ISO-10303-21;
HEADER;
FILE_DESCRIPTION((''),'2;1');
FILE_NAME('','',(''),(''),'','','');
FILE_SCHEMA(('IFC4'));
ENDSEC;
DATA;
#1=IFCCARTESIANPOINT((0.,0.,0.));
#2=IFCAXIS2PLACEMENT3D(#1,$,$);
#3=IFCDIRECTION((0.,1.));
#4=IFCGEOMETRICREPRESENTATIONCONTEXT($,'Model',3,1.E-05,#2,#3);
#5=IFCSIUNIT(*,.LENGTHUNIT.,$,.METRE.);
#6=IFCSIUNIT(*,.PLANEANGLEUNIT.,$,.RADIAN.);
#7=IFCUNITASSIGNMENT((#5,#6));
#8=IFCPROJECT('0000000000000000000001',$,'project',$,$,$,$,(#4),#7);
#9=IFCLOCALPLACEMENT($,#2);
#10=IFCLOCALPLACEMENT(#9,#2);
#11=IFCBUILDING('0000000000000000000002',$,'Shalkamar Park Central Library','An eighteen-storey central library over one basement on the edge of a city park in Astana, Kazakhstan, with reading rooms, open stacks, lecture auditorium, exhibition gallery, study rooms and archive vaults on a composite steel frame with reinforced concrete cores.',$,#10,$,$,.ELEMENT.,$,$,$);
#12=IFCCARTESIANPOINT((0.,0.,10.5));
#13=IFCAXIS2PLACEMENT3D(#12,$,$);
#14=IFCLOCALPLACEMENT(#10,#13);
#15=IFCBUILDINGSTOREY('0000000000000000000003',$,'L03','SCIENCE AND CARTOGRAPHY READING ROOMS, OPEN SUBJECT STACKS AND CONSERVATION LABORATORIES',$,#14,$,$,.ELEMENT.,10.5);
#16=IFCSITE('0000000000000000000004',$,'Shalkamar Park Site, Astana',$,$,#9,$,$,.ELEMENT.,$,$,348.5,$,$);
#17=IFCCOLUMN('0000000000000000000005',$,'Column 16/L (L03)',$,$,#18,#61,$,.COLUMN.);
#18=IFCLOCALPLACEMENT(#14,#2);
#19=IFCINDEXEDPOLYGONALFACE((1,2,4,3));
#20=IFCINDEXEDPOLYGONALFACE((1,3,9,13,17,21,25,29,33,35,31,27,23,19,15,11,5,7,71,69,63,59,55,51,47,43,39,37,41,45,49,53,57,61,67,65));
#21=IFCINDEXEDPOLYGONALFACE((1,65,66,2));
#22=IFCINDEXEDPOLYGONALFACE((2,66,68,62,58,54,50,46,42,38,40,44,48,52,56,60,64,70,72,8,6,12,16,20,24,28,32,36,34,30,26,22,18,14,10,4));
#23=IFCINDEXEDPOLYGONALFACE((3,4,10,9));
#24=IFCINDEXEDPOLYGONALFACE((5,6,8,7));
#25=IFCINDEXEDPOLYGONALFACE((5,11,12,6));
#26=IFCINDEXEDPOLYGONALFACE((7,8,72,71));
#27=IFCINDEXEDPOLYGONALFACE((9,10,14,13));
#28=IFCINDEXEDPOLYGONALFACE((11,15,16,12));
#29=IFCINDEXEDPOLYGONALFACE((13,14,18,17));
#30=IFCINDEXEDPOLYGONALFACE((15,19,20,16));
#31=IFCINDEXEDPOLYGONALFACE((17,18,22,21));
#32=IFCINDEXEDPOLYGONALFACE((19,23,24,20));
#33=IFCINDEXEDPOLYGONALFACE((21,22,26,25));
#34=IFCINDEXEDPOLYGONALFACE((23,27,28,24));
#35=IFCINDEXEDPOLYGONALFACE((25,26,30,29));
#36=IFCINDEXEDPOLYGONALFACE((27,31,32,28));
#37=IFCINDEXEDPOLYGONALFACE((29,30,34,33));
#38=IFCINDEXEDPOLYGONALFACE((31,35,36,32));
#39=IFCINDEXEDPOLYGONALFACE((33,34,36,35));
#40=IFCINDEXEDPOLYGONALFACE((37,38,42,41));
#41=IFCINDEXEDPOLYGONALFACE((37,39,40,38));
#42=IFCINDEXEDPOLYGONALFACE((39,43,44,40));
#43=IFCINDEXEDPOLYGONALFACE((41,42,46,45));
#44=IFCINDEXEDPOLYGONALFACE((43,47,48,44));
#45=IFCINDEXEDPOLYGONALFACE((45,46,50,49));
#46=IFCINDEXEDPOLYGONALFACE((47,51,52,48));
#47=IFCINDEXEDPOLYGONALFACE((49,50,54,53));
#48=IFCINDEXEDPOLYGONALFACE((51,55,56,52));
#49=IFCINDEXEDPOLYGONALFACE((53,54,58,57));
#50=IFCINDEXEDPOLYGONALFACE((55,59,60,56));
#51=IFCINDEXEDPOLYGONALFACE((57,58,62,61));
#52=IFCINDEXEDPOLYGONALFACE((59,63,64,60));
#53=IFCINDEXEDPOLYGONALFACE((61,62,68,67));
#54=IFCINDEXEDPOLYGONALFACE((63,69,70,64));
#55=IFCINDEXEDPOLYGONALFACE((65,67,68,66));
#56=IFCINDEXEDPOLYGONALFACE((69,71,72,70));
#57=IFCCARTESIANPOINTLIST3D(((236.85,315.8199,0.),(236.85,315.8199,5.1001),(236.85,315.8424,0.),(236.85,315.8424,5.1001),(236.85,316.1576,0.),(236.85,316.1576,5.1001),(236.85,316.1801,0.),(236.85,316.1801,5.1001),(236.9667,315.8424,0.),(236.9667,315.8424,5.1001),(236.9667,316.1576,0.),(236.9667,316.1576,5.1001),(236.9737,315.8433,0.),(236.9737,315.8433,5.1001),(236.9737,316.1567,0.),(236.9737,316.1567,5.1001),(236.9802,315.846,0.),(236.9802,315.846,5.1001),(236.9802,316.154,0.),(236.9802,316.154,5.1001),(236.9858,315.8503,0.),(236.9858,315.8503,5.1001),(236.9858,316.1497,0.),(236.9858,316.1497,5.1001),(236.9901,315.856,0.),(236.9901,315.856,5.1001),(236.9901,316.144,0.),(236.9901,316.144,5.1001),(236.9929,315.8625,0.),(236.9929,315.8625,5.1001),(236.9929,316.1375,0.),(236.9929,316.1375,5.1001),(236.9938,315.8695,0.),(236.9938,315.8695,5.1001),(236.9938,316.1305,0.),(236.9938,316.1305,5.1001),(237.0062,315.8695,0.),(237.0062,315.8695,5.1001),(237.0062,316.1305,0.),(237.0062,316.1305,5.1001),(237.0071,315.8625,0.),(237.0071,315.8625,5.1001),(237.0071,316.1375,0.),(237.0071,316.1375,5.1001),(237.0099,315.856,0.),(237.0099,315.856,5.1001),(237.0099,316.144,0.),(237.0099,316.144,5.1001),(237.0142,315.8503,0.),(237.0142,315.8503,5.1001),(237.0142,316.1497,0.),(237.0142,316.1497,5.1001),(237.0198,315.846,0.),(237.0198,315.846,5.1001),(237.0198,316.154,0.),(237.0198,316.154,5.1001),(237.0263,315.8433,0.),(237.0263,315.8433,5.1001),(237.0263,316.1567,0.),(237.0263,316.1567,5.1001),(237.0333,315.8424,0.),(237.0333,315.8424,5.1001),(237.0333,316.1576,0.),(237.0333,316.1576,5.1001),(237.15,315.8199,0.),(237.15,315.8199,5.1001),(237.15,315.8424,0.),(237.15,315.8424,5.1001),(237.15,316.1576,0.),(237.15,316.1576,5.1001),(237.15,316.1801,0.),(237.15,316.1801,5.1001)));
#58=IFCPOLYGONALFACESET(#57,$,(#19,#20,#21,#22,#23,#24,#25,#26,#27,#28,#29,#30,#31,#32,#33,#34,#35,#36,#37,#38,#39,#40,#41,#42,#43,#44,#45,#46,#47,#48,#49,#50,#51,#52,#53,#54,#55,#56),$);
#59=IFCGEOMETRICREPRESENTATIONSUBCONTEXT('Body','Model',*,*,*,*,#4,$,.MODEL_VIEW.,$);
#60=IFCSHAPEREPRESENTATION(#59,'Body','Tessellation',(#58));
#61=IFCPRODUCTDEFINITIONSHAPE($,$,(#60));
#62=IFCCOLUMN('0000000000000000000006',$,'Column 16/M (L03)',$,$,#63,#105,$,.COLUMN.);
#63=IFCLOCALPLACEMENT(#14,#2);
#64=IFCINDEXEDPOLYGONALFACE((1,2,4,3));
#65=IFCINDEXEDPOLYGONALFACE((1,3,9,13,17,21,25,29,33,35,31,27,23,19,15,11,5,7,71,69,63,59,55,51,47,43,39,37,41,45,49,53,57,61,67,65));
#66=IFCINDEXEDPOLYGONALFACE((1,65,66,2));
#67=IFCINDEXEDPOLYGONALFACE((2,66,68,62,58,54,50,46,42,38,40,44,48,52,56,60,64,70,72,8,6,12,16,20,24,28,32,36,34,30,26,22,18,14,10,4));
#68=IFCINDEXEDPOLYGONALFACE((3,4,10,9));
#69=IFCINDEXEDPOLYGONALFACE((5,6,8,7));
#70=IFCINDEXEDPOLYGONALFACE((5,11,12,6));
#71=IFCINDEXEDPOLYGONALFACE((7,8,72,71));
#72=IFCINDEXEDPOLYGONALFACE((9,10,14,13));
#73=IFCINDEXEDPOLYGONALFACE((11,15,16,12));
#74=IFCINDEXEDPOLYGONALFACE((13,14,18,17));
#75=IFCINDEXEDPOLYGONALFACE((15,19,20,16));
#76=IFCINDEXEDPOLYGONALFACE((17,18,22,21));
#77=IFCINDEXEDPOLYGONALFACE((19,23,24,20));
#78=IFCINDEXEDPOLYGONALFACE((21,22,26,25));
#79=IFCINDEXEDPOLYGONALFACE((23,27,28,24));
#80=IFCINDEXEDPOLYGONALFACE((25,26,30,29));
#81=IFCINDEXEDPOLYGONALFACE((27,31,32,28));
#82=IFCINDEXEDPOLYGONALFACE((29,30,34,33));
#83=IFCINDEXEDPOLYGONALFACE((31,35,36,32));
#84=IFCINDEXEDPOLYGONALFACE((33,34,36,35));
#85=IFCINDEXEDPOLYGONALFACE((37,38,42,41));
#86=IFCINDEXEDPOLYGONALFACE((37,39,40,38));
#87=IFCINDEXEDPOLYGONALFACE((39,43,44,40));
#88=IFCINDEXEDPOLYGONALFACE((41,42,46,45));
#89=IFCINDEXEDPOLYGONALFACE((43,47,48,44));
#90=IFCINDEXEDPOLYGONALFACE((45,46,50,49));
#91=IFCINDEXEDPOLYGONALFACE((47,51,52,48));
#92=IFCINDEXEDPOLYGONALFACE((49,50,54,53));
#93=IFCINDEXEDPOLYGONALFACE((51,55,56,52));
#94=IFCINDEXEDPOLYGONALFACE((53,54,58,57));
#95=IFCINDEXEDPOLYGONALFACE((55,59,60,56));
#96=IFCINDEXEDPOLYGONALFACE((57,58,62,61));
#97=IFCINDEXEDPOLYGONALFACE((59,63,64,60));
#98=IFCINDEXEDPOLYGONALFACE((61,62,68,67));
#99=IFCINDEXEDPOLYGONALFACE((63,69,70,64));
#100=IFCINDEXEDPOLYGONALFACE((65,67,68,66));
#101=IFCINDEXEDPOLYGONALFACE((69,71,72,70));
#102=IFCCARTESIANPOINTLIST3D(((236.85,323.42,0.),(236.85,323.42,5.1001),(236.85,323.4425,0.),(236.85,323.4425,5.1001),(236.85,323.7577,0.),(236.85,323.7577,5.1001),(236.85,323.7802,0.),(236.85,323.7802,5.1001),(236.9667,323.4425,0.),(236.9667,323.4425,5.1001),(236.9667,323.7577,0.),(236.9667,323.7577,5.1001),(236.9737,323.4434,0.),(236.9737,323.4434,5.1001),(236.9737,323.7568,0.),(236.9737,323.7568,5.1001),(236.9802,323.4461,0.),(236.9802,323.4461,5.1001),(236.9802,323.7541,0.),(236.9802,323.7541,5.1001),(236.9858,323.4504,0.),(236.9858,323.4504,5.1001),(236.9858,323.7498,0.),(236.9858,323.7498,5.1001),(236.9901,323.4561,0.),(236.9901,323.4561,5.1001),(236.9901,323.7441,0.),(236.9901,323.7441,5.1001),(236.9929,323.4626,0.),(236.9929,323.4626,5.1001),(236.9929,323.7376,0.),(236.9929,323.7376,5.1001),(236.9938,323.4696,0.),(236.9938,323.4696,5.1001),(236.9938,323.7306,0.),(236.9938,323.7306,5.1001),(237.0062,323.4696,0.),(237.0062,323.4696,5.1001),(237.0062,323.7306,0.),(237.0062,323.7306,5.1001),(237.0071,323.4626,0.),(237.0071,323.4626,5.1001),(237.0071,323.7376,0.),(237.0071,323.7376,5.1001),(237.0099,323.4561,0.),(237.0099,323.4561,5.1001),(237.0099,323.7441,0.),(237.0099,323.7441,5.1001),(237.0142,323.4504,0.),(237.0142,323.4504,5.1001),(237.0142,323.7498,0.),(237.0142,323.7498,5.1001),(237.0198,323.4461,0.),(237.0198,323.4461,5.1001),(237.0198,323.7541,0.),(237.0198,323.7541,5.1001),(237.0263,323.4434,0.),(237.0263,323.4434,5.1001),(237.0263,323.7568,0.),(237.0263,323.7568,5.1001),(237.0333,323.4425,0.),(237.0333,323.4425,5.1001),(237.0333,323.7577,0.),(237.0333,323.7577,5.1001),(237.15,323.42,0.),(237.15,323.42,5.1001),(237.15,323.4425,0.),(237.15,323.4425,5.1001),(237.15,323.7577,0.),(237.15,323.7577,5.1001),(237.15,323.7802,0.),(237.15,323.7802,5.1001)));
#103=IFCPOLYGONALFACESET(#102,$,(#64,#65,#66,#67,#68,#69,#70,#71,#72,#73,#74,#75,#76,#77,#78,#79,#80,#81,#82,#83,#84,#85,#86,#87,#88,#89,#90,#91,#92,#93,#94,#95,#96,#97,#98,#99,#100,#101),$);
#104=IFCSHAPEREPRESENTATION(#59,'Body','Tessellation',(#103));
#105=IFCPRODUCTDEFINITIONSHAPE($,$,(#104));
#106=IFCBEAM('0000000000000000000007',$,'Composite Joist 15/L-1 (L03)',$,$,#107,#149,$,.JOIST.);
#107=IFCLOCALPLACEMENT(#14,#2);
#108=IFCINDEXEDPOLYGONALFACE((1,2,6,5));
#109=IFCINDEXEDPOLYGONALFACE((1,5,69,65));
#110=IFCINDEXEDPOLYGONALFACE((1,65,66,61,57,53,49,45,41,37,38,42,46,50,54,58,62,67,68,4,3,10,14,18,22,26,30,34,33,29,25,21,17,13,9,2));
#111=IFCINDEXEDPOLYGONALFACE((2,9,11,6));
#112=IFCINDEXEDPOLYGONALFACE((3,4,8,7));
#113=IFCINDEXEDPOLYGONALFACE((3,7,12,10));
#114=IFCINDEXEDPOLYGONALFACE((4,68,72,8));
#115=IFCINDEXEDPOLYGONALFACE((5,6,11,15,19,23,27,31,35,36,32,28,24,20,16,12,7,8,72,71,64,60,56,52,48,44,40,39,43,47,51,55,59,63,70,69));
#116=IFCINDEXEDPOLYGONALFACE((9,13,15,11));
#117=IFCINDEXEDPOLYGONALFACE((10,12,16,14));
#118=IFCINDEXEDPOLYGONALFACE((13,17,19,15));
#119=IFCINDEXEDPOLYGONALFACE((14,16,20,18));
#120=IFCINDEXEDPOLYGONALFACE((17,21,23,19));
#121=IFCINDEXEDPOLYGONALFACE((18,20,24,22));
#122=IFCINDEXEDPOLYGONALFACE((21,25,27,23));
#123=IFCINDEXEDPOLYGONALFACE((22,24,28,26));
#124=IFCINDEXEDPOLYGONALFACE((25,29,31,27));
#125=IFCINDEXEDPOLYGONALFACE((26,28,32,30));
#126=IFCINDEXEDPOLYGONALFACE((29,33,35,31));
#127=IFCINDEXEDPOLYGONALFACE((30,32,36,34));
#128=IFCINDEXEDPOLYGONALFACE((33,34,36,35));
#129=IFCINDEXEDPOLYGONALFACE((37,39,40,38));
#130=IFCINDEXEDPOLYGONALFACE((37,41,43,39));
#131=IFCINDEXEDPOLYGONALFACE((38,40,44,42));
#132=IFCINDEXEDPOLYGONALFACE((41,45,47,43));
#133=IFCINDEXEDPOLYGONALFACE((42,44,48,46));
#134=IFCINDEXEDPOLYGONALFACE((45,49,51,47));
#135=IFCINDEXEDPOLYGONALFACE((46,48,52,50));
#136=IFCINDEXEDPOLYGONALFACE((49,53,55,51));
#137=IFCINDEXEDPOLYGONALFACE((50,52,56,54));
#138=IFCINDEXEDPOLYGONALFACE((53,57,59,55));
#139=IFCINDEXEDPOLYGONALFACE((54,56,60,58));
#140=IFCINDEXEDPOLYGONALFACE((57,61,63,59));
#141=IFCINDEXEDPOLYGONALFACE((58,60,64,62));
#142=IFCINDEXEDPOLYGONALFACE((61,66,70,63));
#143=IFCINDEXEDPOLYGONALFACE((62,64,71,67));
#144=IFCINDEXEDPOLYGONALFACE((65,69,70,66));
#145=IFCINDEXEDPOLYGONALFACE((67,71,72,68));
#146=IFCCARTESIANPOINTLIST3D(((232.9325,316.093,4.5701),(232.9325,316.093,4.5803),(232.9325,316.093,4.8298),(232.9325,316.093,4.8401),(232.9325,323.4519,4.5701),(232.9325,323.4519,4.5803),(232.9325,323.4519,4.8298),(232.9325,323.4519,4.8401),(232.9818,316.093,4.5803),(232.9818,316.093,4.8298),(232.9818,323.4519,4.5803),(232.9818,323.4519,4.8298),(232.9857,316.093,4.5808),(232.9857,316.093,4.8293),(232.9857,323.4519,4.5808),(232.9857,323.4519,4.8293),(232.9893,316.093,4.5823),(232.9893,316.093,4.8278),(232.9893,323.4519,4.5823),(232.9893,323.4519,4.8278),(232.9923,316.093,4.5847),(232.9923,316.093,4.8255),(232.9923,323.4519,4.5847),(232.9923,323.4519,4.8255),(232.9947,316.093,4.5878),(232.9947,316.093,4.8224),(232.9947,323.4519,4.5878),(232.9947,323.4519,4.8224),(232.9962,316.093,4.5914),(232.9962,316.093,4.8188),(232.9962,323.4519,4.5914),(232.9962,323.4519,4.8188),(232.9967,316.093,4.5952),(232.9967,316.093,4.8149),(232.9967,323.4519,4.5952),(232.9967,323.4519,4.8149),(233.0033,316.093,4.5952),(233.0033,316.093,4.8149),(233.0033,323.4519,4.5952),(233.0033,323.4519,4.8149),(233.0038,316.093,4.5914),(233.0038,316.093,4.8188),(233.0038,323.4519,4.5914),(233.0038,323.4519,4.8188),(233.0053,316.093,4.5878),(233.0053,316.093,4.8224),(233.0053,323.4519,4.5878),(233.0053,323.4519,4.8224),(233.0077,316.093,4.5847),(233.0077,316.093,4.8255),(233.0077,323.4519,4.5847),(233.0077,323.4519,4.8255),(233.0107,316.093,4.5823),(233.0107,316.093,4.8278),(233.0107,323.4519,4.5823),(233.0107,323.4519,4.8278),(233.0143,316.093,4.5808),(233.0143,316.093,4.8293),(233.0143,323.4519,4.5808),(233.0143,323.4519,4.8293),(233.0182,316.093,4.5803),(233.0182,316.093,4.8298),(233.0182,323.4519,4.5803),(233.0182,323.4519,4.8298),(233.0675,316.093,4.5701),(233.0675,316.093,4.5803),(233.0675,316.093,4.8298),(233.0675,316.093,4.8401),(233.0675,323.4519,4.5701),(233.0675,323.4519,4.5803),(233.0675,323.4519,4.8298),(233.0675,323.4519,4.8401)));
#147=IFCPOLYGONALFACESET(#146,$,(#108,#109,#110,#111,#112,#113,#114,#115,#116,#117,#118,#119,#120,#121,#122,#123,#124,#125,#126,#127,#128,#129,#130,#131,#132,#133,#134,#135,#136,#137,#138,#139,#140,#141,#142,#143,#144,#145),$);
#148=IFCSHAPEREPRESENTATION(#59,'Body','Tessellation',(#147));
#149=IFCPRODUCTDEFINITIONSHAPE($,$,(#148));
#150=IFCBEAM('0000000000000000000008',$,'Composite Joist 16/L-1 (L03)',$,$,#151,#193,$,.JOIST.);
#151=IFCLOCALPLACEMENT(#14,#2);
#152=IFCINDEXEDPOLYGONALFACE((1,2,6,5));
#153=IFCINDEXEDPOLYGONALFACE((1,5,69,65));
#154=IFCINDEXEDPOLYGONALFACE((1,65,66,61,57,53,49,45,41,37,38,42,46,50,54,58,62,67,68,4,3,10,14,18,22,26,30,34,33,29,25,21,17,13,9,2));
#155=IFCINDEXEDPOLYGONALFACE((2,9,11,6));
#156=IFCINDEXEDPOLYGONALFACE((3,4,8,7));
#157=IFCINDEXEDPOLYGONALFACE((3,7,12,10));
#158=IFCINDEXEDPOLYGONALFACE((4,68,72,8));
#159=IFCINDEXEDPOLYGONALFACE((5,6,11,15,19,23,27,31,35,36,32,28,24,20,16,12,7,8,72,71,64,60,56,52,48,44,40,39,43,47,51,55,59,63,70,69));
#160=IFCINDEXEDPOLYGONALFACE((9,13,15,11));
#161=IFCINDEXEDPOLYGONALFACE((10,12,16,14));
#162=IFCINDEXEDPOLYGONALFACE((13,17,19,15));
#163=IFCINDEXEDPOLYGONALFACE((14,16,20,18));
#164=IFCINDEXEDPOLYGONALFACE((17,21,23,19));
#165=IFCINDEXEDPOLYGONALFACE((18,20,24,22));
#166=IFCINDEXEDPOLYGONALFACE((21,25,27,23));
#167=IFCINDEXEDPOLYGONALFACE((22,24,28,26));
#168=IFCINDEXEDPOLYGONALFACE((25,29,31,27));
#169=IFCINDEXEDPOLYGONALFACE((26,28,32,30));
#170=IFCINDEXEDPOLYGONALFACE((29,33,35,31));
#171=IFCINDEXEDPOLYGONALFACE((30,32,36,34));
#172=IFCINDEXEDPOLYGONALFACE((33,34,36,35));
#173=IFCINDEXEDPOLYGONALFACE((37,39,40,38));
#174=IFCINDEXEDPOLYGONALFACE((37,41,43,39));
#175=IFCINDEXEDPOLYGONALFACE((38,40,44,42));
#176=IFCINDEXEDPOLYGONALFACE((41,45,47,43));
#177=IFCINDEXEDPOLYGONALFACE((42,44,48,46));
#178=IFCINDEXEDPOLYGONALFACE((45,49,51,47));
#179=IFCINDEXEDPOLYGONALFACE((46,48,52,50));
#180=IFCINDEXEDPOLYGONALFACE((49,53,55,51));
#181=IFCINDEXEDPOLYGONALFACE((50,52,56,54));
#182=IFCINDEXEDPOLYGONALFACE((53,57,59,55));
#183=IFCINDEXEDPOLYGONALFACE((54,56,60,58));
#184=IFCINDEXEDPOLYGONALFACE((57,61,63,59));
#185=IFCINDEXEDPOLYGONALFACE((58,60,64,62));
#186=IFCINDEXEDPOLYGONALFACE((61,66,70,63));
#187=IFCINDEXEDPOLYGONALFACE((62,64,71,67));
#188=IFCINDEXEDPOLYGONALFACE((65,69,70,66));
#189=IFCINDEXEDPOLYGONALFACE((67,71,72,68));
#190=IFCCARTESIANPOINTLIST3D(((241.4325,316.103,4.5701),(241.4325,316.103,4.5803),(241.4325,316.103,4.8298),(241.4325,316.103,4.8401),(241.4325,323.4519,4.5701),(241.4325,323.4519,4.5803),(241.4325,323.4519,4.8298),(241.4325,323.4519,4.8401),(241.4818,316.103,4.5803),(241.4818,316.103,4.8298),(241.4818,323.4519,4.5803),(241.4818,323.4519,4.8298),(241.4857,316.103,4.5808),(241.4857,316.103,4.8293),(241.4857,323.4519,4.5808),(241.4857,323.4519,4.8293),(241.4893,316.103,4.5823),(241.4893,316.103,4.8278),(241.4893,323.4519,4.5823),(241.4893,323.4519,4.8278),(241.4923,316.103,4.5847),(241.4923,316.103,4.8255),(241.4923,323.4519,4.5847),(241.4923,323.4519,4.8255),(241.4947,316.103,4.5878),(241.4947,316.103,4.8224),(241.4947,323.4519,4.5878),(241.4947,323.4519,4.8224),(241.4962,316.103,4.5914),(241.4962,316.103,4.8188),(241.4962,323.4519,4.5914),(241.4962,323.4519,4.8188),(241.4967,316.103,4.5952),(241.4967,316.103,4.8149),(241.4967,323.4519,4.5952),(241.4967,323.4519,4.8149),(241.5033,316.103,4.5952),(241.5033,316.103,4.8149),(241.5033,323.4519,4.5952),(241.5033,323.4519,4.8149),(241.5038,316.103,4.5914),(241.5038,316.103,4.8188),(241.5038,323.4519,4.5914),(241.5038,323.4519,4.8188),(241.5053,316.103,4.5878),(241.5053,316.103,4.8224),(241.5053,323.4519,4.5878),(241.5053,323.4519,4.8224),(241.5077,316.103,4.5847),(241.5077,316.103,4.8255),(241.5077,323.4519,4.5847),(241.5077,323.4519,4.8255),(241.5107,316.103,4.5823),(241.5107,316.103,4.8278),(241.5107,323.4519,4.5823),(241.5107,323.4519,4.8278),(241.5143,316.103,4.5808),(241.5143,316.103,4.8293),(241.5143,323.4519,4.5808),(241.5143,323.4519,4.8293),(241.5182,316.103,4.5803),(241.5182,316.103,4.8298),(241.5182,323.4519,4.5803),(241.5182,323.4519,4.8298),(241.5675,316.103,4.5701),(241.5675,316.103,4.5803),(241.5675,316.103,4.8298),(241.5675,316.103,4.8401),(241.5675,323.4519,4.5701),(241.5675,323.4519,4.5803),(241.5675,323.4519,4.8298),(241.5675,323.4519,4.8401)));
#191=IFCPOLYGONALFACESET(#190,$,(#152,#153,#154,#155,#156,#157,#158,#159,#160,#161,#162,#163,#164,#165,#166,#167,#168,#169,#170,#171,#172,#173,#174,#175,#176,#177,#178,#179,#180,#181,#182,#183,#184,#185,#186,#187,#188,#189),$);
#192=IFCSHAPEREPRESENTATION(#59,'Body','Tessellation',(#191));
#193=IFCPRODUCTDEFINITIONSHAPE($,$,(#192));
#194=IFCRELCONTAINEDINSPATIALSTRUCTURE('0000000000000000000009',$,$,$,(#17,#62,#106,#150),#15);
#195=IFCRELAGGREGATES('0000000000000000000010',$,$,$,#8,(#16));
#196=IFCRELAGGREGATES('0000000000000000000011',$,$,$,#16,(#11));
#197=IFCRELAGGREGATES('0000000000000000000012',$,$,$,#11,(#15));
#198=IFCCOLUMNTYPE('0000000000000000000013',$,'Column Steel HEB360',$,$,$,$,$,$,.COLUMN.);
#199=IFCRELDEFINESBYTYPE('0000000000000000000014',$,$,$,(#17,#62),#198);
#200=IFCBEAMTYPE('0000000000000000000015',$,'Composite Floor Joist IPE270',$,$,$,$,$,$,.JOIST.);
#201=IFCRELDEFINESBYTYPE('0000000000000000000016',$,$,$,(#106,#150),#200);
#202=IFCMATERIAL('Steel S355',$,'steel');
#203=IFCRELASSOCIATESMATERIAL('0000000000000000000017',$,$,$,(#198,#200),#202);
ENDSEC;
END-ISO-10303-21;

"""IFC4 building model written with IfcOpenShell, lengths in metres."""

from ifc_helpers import new_model, si_unit, direction, frame, origin, origin_2d, place, context, subcontext, project, spatial, i_section, extrude, material, material_profile, profile_set, type_object, element, save


model = new_model("IFC4")

# Units and contexts
model_context = context("Model", 3, precision=1e-05, world=origin(), true_north=direction((0.0, 1.0)))
body_context = subcontext(model_context, "Body", "Model", "MODEL_VIEW")
ifc_project = project(units=[si_unit("LENGTHUNIT", "METRE"), si_unit("PLANEANGLEUNIT", "RADIAN")], contexts=[model_context])

# Site, building, storey
site_placement = place(None, origin())
site = spatial("IfcSite", under=ifc_project, at=site_placement, Name="Shalkamar Park Site, Astana", CompositionType="ELEMENT", RefElevation=348.5)
building_placement = place(site_placement, origin())
building = spatial("IfcBuilding", under=site, at=building_placement, Name="Shalkamar Park Central Library", Description="An eighteen-storey central library over one basement on the edge of a city park in Astana, Kazakhstan, with reading rooms, open stacks, lecture auditorium, exhibition gallery, study rooms and archive vaults on a composite steel frame with reinforced concrete cores.", CompositionType="ELEMENT")
storey_placement = place(building_placement, frame((0.0, 0.0, 10.5)))
storey = spatial("IfcBuildingStorey", under=building, at=storey_placement, Name="L03", Description="SCIENCE AND CARTOGRAPHY READING ROOMS, OPEN SUBJECT STACKS AND CONSERVATION LABORATORIES", CompositionType="ELEMENT", Elevation=10.5)

# Columns
ifc_material_1 = material(Name="Steel S355", Category="steel")
ifc_material_profile_1 = material_profile(ifc_material_1, i_section(OverallWidth=0.3, OverallDepth=0.3601, WebThickness=0.0125, FlangeThickness=0.0225, FilletRadius=0.0271, at=origin_2d()), Name="HEB 360")
ifc_profile_set_1 = profile_set([ifc_material_profile_1], Name="Steel S355")
column_type = type_object("IfcColumnType", Name="Column Steel HEB360", PredefinedType="COLUMN", material=ifc_profile_set_1)
for number, where, z_axis, x_axis, name in (
    (1, (237.0, 316.0, 0.0), (0.0, 0.0, 1.0), (1.0, 0.0, 0.0), "Column 16/L (L03)"),
    (2, (237.0, 323.6001, 0.0), (0.0, 0.0, 1.0), (1.0, 0.0, 0.0), "Column 16/M (L03)"),
):
    element("IfcColumn", number, at=place(storey_placement, frame(where, z_axis=z_axis, x_axis=x_axis)), inside=storey, type_object=column_type, Name=name, PredefinedType="COLUMN", context=body_context, shape_type="SweptSolid", body=[
        extrude(i_section(OverallWidth=0.3, OverallDepth=0.3601, WebThickness=0.0125, FlangeThickness=0.0225, FilletRadius=0.0271, at=origin_2d()), origin(), (0.0, 0.0, 1.0), 5.1001),
    ])

# Beams
ifc_material_profile_2 = material_profile(ifc_material_1, i_section(OverallWidth=0.135, OverallDepth=0.27, WebThickness=0.0066, FlangeThickness=0.0103, FilletRadius=0.0149, at=origin_2d()), Name="IPE 270")
ifc_profile_set_2 = profile_set([ifc_material_profile_2], Name="Steel S355")
beam_type_1 = type_object("IfcBeamType", Name="Composite Floor Joist IPE270", PredefinedType="JOIST", material=ifc_profile_set_2)
beam_1_placement = place(storey_placement, frame((233.0, 316.093, 4.7051), z_axis=(0.0, 1.0, 0.0), x_axis=(-1.0, 0.0, 0.0)))
element("IfcBeam", 3, at=beam_1_placement, inside=storey, type_object=beam_type_1, Name="Composite Joist 15/L-1 (L03)", PredefinedType="JOIST", context=body_context, shape_type="SweptSolid", body=[
    extrude(i_section(OverallWidth=0.135, OverallDepth=0.27, WebThickness=0.0066, FlangeThickness=0.0103, FilletRadius=0.0149, at=origin_2d()), origin(), (0.0, 0.0, 1.0), 7.3589),
])
beam_2_placement = place(storey_placement, frame((241.5, 316.103, 4.7051), z_axis=(0.0, 1.0, 0.0), x_axis=(-1.0, 0.0, 0.0)))
element("IfcBeam", 4, at=beam_2_placement, inside=storey, type_object=beam_type_1, Name="Composite Joist 16/L-1 (L03)", PredefinedType="JOIST", context=body_context, shape_type="SweptSolid", body=[
    extrude(i_section(OverallWidth=0.135, OverallDepth=0.27, WebThickness=0.0066, FlangeThickness=0.0103, FilletRadius=0.0149, at=origin_2d()), origin(), (0.0, 0.0, 1.0), 7.3489),
])

save(model, "model.ifc")
